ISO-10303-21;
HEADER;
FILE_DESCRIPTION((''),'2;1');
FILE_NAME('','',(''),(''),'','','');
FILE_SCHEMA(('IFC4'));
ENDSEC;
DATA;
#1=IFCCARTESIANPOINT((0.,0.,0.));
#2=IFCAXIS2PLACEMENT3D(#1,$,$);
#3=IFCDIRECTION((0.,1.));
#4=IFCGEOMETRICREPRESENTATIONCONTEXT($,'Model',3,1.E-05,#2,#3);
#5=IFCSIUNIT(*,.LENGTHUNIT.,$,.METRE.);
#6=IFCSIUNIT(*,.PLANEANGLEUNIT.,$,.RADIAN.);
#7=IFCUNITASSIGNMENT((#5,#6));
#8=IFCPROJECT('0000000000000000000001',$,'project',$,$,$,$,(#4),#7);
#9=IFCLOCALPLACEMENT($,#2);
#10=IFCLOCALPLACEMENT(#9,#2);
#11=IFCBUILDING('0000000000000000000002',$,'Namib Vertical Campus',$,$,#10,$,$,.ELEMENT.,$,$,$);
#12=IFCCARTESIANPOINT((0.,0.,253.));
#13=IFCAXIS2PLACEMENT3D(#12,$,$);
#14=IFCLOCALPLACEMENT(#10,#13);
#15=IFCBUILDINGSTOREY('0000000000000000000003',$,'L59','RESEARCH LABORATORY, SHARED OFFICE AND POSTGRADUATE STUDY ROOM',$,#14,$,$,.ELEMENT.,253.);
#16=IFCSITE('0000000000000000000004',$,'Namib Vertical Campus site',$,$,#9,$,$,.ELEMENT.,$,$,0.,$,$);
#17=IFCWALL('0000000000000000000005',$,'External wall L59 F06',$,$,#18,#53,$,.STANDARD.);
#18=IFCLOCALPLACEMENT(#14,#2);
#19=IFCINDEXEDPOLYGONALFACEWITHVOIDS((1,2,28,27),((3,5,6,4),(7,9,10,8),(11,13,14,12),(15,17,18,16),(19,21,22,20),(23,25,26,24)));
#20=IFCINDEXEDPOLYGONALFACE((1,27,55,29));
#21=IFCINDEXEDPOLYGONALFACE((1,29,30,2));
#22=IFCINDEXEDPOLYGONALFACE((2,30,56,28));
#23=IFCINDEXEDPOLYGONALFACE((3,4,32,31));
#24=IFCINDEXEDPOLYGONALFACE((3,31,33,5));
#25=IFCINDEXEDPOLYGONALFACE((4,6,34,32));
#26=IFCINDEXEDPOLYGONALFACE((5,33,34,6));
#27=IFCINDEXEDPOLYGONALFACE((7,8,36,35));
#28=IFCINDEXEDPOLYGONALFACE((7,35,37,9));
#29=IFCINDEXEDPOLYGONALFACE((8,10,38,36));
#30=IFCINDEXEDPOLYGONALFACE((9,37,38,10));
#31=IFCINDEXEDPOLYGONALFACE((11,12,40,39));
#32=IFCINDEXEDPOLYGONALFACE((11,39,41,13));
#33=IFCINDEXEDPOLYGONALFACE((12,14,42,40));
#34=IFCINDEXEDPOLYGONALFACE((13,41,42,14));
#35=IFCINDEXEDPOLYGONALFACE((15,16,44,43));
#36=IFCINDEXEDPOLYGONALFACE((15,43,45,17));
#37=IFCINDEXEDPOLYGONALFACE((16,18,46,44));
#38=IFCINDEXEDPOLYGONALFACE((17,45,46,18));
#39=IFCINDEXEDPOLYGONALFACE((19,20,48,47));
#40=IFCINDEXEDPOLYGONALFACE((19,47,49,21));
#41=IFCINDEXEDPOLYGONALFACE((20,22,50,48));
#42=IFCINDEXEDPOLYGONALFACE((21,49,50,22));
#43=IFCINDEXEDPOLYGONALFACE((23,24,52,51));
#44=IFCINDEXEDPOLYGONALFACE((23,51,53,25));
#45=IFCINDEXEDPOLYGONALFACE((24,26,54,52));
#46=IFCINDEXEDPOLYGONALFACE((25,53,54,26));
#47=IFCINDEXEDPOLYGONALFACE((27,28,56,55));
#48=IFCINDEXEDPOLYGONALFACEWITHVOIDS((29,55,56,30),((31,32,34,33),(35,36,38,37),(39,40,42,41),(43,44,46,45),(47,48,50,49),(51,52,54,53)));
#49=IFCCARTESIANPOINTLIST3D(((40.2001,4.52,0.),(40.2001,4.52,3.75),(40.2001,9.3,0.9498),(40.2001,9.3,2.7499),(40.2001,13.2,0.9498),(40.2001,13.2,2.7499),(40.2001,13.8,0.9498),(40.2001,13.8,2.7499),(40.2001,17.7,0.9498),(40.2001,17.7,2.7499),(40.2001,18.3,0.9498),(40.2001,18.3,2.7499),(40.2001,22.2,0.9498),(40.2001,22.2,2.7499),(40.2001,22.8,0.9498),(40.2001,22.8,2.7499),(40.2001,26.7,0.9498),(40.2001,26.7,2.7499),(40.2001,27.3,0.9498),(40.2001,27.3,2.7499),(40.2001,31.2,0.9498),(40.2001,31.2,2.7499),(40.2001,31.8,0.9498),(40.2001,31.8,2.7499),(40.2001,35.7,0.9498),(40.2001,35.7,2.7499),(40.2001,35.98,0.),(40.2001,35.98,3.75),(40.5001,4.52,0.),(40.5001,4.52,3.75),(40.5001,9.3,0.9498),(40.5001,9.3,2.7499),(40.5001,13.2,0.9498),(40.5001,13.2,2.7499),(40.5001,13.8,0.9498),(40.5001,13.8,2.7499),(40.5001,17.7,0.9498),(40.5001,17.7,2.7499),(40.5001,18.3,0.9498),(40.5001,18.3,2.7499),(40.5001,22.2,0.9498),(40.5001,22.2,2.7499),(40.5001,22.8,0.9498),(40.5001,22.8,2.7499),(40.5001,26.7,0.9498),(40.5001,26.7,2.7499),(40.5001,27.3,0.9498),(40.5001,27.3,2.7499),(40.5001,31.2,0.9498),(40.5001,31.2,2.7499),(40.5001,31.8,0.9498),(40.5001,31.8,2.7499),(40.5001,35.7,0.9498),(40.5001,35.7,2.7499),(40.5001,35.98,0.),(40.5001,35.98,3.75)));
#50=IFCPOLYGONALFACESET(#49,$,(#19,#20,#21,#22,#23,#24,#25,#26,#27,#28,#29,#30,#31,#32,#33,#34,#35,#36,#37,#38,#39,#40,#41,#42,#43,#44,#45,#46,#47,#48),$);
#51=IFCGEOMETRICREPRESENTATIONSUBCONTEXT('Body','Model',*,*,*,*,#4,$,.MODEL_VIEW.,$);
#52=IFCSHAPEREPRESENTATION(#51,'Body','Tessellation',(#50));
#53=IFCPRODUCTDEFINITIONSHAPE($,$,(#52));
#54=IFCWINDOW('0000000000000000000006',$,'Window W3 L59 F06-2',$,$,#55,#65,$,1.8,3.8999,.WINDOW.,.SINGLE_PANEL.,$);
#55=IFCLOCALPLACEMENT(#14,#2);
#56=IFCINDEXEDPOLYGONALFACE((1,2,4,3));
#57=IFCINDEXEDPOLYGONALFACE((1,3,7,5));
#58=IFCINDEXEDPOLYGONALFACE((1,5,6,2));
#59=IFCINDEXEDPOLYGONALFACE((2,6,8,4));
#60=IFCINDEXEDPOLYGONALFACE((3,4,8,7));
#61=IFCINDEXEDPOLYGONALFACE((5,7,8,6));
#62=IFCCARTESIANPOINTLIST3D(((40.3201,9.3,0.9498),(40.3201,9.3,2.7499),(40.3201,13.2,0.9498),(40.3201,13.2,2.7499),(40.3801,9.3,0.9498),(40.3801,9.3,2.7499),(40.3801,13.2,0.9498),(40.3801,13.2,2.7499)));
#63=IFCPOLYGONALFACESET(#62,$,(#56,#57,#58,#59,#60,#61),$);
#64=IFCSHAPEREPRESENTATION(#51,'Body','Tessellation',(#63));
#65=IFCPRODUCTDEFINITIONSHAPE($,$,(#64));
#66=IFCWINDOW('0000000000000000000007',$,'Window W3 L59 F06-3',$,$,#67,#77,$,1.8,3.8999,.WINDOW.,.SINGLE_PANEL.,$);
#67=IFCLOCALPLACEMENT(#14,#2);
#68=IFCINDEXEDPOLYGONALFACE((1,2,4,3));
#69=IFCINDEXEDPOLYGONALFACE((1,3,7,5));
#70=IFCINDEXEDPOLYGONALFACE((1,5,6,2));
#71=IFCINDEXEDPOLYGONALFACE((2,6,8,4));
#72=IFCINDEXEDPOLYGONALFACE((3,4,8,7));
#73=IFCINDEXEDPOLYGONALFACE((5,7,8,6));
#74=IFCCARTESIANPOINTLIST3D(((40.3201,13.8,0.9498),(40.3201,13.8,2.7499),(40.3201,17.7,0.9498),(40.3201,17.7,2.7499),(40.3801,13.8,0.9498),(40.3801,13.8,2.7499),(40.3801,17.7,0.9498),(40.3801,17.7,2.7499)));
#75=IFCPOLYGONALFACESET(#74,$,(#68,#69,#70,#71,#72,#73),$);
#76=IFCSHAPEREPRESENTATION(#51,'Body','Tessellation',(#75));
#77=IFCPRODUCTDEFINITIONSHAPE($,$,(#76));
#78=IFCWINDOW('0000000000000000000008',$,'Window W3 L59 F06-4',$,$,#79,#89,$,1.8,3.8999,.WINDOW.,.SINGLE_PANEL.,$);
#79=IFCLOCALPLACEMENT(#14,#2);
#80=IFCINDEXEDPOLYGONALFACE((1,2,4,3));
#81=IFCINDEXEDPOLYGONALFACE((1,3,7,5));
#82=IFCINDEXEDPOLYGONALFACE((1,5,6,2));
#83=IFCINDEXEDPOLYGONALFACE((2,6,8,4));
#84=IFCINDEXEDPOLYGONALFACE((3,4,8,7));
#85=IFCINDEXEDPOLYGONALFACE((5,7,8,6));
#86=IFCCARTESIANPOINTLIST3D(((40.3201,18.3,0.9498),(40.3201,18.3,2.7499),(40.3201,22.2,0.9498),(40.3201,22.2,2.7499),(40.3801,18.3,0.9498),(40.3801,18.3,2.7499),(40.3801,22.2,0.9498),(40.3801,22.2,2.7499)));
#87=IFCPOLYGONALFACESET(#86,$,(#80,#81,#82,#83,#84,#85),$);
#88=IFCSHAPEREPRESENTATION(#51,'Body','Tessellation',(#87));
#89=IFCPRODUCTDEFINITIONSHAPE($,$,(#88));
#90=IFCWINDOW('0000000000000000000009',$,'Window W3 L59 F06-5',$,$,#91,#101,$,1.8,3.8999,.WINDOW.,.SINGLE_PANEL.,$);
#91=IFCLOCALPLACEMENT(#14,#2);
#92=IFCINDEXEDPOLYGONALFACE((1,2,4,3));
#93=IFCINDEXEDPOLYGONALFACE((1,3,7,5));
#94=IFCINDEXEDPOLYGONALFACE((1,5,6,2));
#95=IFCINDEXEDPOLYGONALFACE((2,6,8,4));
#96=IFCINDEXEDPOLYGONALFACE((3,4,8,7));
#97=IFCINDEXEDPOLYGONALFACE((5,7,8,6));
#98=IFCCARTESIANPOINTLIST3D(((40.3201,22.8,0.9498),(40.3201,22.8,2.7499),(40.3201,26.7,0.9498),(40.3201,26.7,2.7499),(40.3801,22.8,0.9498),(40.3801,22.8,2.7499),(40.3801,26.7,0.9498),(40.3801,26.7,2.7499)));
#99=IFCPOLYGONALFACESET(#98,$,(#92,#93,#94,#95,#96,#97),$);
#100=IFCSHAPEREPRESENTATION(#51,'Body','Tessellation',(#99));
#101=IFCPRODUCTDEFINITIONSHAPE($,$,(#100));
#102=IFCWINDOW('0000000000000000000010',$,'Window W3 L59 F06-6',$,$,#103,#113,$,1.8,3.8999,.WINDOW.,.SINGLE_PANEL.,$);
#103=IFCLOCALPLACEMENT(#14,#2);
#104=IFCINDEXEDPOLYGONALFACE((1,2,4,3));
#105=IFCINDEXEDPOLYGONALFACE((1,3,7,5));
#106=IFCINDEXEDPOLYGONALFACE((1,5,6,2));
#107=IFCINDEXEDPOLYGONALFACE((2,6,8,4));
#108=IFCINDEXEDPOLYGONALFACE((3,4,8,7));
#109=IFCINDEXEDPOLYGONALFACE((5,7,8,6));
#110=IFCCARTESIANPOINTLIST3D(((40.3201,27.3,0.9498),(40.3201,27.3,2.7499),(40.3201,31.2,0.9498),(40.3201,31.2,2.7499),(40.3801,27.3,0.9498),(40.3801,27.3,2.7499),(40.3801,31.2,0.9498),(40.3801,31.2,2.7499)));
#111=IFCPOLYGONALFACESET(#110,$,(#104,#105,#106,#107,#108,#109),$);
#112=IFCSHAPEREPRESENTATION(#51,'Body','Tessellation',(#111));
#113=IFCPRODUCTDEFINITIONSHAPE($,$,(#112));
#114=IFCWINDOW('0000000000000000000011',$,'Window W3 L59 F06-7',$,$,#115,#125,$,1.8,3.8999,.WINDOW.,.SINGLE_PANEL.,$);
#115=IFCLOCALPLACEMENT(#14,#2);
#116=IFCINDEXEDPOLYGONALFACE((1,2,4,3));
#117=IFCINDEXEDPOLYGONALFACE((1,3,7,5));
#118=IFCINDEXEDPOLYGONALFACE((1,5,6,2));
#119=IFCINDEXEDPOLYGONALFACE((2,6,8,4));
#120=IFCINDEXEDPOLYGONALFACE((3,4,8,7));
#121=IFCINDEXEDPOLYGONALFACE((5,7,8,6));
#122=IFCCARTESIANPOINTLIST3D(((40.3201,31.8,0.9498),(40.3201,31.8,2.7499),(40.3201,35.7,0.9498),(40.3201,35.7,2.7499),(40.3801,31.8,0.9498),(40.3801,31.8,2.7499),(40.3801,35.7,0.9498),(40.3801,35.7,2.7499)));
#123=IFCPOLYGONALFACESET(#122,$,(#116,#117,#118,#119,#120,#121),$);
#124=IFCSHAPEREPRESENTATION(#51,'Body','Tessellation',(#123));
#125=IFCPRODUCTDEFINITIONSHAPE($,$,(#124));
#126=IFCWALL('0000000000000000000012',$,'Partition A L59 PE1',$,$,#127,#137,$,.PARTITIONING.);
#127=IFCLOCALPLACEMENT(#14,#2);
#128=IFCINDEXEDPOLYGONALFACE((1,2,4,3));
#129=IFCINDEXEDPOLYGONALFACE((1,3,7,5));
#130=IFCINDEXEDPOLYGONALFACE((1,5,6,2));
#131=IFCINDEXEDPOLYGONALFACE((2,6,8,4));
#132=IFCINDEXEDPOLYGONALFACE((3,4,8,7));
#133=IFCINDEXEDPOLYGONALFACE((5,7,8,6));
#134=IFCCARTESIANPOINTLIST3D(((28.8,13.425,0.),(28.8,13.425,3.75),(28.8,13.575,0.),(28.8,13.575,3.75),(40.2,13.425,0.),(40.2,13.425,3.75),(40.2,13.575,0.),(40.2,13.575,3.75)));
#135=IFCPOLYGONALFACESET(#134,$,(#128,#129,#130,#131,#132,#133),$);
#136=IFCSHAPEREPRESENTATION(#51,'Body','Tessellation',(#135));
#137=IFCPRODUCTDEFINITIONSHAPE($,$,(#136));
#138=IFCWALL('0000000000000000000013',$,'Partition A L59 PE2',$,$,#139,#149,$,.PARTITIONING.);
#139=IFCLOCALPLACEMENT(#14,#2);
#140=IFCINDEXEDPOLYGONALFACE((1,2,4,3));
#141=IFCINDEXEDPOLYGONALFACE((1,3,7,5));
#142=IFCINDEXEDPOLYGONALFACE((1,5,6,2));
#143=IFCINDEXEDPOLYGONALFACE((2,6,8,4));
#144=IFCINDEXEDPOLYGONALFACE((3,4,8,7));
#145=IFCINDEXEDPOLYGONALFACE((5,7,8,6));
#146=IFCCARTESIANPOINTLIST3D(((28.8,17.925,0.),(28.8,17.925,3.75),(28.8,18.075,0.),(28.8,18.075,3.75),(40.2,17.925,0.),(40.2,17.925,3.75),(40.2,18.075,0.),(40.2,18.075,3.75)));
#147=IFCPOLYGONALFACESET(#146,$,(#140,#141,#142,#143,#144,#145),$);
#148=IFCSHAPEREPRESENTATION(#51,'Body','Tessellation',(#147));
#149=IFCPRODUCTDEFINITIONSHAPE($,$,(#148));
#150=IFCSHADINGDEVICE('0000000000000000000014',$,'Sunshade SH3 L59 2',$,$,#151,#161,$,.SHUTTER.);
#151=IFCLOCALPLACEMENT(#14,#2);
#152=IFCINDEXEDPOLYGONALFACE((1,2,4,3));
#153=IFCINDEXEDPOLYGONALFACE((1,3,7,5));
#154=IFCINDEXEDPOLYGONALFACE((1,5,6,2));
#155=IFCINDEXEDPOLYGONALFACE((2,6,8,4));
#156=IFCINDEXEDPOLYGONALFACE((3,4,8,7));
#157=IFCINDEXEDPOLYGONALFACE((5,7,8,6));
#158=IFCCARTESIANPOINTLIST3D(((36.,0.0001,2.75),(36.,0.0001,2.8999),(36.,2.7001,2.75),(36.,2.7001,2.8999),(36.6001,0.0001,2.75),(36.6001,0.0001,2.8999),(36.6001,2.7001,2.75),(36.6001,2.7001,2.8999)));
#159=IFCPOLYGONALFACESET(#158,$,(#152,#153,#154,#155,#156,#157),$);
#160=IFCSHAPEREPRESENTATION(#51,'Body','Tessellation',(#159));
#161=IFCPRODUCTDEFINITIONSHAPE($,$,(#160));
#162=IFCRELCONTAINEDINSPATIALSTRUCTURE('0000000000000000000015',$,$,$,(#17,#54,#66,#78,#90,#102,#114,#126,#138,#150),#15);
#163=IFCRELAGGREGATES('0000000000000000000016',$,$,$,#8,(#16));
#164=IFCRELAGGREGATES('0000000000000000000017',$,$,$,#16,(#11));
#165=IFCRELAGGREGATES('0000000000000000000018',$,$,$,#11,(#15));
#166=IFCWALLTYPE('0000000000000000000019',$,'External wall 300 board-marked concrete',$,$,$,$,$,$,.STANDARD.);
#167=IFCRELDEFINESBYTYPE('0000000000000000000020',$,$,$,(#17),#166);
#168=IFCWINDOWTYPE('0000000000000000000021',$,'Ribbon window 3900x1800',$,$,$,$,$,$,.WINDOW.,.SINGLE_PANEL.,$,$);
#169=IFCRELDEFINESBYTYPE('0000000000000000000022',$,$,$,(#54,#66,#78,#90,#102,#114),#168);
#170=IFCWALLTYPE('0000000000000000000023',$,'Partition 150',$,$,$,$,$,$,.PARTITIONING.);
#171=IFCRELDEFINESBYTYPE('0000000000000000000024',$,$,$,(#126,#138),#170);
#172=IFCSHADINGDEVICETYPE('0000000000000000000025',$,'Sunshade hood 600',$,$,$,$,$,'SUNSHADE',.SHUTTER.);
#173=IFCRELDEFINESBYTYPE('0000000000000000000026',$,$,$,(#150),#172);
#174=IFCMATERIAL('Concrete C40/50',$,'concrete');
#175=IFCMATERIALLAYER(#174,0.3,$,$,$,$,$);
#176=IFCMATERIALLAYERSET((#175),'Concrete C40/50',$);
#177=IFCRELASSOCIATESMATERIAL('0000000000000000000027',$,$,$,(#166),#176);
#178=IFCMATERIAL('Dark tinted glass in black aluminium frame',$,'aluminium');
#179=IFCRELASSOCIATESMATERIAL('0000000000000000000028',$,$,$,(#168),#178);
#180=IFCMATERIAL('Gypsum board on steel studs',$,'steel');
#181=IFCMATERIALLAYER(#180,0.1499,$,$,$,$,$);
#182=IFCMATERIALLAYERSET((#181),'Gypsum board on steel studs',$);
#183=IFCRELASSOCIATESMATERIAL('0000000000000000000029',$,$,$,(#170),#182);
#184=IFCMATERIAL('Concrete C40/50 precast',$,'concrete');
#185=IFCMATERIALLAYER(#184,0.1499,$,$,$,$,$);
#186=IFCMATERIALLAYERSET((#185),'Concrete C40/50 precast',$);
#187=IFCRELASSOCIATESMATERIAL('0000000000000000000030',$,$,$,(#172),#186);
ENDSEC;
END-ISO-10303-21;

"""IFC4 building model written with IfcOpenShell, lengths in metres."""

from ifc_helpers import new_model, si_unit, direction, frame, frame_2d, origin, origin_2d, place, context, subcontext, project, spatial, rectangle, extrude, material, layer, layer_set, type_object, element, fill, save


model = new_model("IFC4")

# Units and contexts
model_context = context("Model", 3, precision=1e-05, world=origin(), true_north=direction((0.0, 1.0)))
body_context = subcontext(model_context, "Body", "Model", "MODEL_VIEW")
ifc_project = project(units=[si_unit("LENGTHUNIT", "METRE"), si_unit("PLANEANGLEUNIT", "RADIAN")], contexts=[model_context])

# Site, building, storey
site_placement = place(None, origin())
site = spatial("IfcSite", under=ifc_project, at=site_placement, Name="Namib Vertical Campus site", CompositionType="ELEMENT", RefElevation=0.0)
building_placement = place(site_placement, origin())
building = spatial("IfcBuilding", under=site, at=building_placement, Name="Namib Vertical Campus", CompositionType="ELEMENT")
storey_placement = place(building_placement, frame((0.0, 0.0, 253.0)))
storey = spatial("IfcBuildingStorey", under=building, at=storey_placement, Name="L59", Description="RESEARCH LABORATORY, SHARED OFFICE AND POSTGRADUATE STUDY ROOM", CompositionType="ELEMENT", Elevation=253.0)

# Shared definitions
ifc_material_1 = material(Name="Concrete C40/50", Category="concrete")
ifc_layer_1 = layer(ifc_material_1, 0.3)
ifc_layer_set_1 = layer_set([ifc_layer_1], Name="Concrete C40/50")
wall_type_1 = type_object("IfcWallType", Name="External wall 300 board-marked concrete", PredefinedType="STANDARD", material=ifc_layer_set_1)

# Wall, openings, windows
wall_1_placement = place(storey_placement, frame((40.3501, 4.52, 0.0), z_axis=(0.0, 0.0, 1.0), x_axis=(0.0, 1.0, 0.0)))
wall_1 = element("IfcWall", 1, at=wall_1_placement, inside=storey, type_object=wall_type_1, Name="External wall L59 F06", PredefinedType="STANDARD", context=body_context, shape_type="SweptSolid", body=[
    extrude(rectangle(XDim=31.46, YDim=0.3, at=frame_2d((15.73, 0.0))), origin(), (0.0, 0.0, 1.0), 3.75),
])
opening_1_placement = place(wall_1_placement, frame((4.78, 0.0, 0.95)))
opening_1 = element("IfcOpeningElement", 2, at=opening_1_placement, cuts=wall_1, PredefinedType="OPENING", context=body_context, shape_type="SweptSolid", body=[
    extrude(rectangle(XDim=3.8999, YDim=1.8, at=frame_2d((1.95, 0.8999))), frame((0.0, 0.1599, 0.0), z_axis=(0.0, -1.0, 0.0), x_axis=(1.0, 0.0, 0.0)), (0.0, 0.0, 1.0), 0.3201),
])
opening_2_placement = place(wall_1_placement, frame((9.28, 0.0, 0.95)))
opening_2 = element("IfcOpeningElement", 3, at=opening_2_placement, cuts=wall_1, PredefinedType="OPENING", context=body_context, shape_type="SweptSolid", body=[
    extrude(rectangle(XDim=3.8999, YDim=1.8, at=frame_2d((1.95, 0.8999))), frame((0.0, 0.1599, 0.0), z_axis=(0.0, -1.0, 0.0), x_axis=(1.0, 0.0, 0.0)), (0.0, 0.0, 1.0), 0.3201),
])
opening_3_placement = place(wall_1_placement, frame((13.78, 0.0, 0.95)))
opening_3 = element("IfcOpeningElement", 4, at=opening_3_placement, cuts=wall_1, PredefinedType="OPENING", context=body_context, shape_type="SweptSolid", body=[
    extrude(rectangle(XDim=3.8999, YDim=1.8, at=frame_2d((1.95, 0.8999))), frame((0.0, 0.1599, 0.0), z_axis=(0.0, -1.0, 0.0), x_axis=(1.0, 0.0, 0.0)), (0.0, 0.0, 1.0), 0.3201),
])
opening_4_placement = place(wall_1_placement, frame((18.28, 0.0, 0.95)))
opening_4 = element("IfcOpeningElement", 5, at=opening_4_placement, cuts=wall_1, PredefinedType="OPENING", context=body_context, shape_type="SweptSolid", body=[
    extrude(rectangle(XDim=3.8999, YDim=1.8, at=frame_2d((1.95, 0.8999))), frame((0.0, 0.1599, 0.0), z_axis=(0.0, -1.0, 0.0), x_axis=(1.0, 0.0, 0.0)), (0.0, 0.0, 1.0), 0.3201),
])
opening_5_placement = place(wall_1_placement, frame((22.78, 0.0, 0.95)))
opening_5 = element("IfcOpeningElement", 6, at=opening_5_placement, cuts=wall_1, PredefinedType="OPENING", context=body_context, shape_type="SweptSolid", body=[
    extrude(rectangle(XDim=3.8999, YDim=1.8, at=frame_2d((1.95, 0.8999))), frame((0.0, 0.1599, 0.0), z_axis=(0.0, -1.0, 0.0), x_axis=(1.0, 0.0, 0.0)), (0.0, 0.0, 1.0), 0.3201),
])
opening_6_placement = place(wall_1_placement, frame((27.28, 0.0, 0.95)))
opening_6 = element("IfcOpeningElement", 7, at=opening_6_placement, cuts=wall_1, PredefinedType="OPENING", context=body_context, shape_type="SweptSolid", body=[
    extrude(rectangle(XDim=3.8999, YDim=1.8, at=frame_2d((1.95, 0.8999))), frame((0.0, 0.1599, 0.0), z_axis=(0.0, -1.0, 0.0), x_axis=(1.0, 0.0, 0.0)), (0.0, 0.0, 1.0), 0.3201),
])
ifc_material_2 = material(Name="Dark tinted glass in black aluminium frame", Category="aluminium")
window_type = type_object("IfcWindowType", Name="Ribbon window 3900x1800", PartitioningType="SINGLE_PANEL", PredefinedType="WINDOW", material=ifc_material_2)
window_1_placement = place(opening_1_placement, origin())
window_1 = element("IfcWindow", 8, at=window_1_placement, inside=storey, type_object=window_type, Name="Window W3 L59 F06-2", OverallHeight=1.8, OverallWidth=3.8999, PartitioningType="SINGLE_PANEL", PredefinedType="WINDOW", context=body_context, shape_type="SweptSolid", body=[
    extrude(rectangle(XDim=3.8999, YDim=1.8, at=frame_2d((1.95, 0.8999))), frame((0.0, 0.03, 0.0), z_axis=(0.0, -1.0, 0.0), x_axis=(1.0, 0.0, 0.0)), (0.0, 0.0, 1.0), 0.0601),
])
fill(opening_1, window_1)
window_2_placement = place(opening_2_placement, origin())
window_2 = element("IfcWindow", 9, at=window_2_placement, inside=storey, type_object=window_type, Name="Window W3 L59 F06-3", OverallHeight=1.8, OverallWidth=3.8999, PartitioningType="SINGLE_PANEL", PredefinedType="WINDOW", context=body_context, shape_type="SweptSolid", body=[
    extrude(rectangle(XDim=3.8999, YDim=1.8, at=frame_2d((1.95, 0.8999))), frame((0.0, 0.03, 0.0), z_axis=(0.0, -1.0, 0.0), x_axis=(1.0, 0.0, 0.0)), (0.0, 0.0, 1.0), 0.0601),
])
fill(opening_2, window_2)
window_3_placement = place(opening_3_placement, origin())
window_3 = element("IfcWindow", 10, at=window_3_placement, inside=storey, type_object=window_type, Name="Window W3 L59 F06-4", OverallHeight=1.8, OverallWidth=3.8999, PartitioningType="SINGLE_PANEL", PredefinedType="WINDOW", context=body_context, shape_type="SweptSolid", body=[
    extrude(rectangle(XDim=3.8999, YDim=1.8, at=frame_2d((1.95, 0.8999))), frame((0.0, 0.03, 0.0), z_axis=(0.0, -1.0, 0.0), x_axis=(1.0, 0.0, 0.0)), (0.0, 0.0, 1.0), 0.0601),
])
fill(opening_3, window_3)
window_4_placement = place(opening_4_placement, origin())
window_4 = element("IfcWindow", 11, at=window_4_placement, inside=storey, type_object=window_type, Name="Window W3 L59 F06-5", OverallHeight=1.8, OverallWidth=3.8999, PartitioningType="SINGLE_PANEL", PredefinedType="WINDOW", context=body_context, shape_type="SweptSolid", body=[
    extrude(rectangle(XDim=3.8999, YDim=1.8, at=frame_2d((1.95, 0.8999))), frame((0.0, 0.03, 0.0), z_axis=(0.0, -1.0, 0.0), x_axis=(1.0, 0.0, 0.0)), (0.0, 0.0, 1.0), 0.0601),
])
fill(opening_4, window_4)
window_5_placement = place(opening_5_placement, origin())
window_5 = element("IfcWindow", 12, at=window_5_placement, inside=storey, type_object=window_type, Name="Window W3 L59 F06-6", OverallHeight=1.8, OverallWidth=3.8999, PartitioningType="SINGLE_PANEL", PredefinedType="WINDOW", context=body_context, shape_type="SweptSolid", body=[
    extrude(rectangle(XDim=3.8999, YDim=1.8, at=frame_2d((1.95, 0.8999))), frame((0.0, 0.03, 0.0), z_axis=(0.0, -1.0, 0.0), x_axis=(1.0, 0.0, 0.0)), (0.0, 0.0, 1.0), 0.0601),
])
fill(opening_5, window_5)
window_6_placement = place(opening_6_placement, origin())
window_6 = element("IfcWindow", 13, at=window_6_placement, inside=storey, type_object=window_type, Name="Window W3 L59 F06-7", OverallHeight=1.8, OverallWidth=3.8999, PartitioningType="SINGLE_PANEL", PredefinedType="WINDOW", context=body_context, shape_type="SweptSolid", body=[
    extrude(rectangle(XDim=3.8999, YDim=1.8, at=frame_2d((1.95, 0.8999))), frame((0.0, 0.03, 0.0), z_axis=(0.0, -1.0, 0.0), x_axis=(1.0, 0.0, 0.0)), (0.0, 0.0, 1.0), 0.0601),
])
fill(opening_6, window_6)

# Walls
ifc_material_3 = material(Name="Gypsum board on steel studs", Category="steel")
ifc_layer_2 = layer(ifc_material_3, 0.1499)
ifc_layer_set_2 = layer_set([ifc_layer_2], Name="Gypsum board on steel studs")
wall_type_2 = type_object("IfcWallType", Name="Partition 150", PredefinedType="PARTITIONING", material=ifc_layer_set_2)
for number, where, z_axis, x_axis, name in (
    (14, (28.8, 13.5, 0.0), (0.0, 0.0, 1.0), (1.0, 0.0, 0.0), "Partition A L59 PE1"),
    (15, (28.8, 18.0, 0.0), (0.0, 0.0, 1.0), (1.0, 0.0, 0.0), "Partition A L59 PE2"),
):
    element("IfcWall", number, at=place(storey_placement, frame(where, z_axis=z_axis, x_axis=x_axis)), inside=storey, type_object=wall_type_2, Name=name, PredefinedType="PARTITIONING", context=body_context, shape_type="SweptSolid", body=[
        extrude(rectangle(XDim=11.3999, YDim=0.1499, at=frame_2d((5.7, 0.0))), origin(), (0.0, 0.0, 1.0), 3.75),
    ])

# Shading device
ifc_material_4 = material(Name="Concrete C40/50 precast", Category="concrete")
ifc_layer_3 = layer(ifc_material_4, 0.1499)
ifc_layer_set_3 = layer_set([ifc_layer_3], Name="Concrete C40/50 precast")
shading_device_type = type_object("IfcShadingDeviceType", Name="Sunshade hood 600", ElementType="SUNSHADE", PredefinedType="SHUTTER", material=ifc_layer_set_3)
for number, where, z_axis, x_axis, name in (
    (16, (36.3, 1.3501, 2.75), (0.0, 0.0, 1.0), (0.0, 1.0, 0.0), "Sunshade SH3 L59 2"),
):
    element("IfcShadingDevice", number, at=place(storey_placement, frame(where, z_axis=z_axis, x_axis=x_axis)), inside=storey, type_object=shading_device_type, Name=name, PredefinedType="SHUTTER", context=body_context, shape_type="SweptSolid", body=[
        extrude(rectangle(XDim=2.7, YDim=0.6001, at=origin_2d()), origin(), (0.0, 0.0, 1.0), 0.1499),
    ])

save(model, "model.ifc")
